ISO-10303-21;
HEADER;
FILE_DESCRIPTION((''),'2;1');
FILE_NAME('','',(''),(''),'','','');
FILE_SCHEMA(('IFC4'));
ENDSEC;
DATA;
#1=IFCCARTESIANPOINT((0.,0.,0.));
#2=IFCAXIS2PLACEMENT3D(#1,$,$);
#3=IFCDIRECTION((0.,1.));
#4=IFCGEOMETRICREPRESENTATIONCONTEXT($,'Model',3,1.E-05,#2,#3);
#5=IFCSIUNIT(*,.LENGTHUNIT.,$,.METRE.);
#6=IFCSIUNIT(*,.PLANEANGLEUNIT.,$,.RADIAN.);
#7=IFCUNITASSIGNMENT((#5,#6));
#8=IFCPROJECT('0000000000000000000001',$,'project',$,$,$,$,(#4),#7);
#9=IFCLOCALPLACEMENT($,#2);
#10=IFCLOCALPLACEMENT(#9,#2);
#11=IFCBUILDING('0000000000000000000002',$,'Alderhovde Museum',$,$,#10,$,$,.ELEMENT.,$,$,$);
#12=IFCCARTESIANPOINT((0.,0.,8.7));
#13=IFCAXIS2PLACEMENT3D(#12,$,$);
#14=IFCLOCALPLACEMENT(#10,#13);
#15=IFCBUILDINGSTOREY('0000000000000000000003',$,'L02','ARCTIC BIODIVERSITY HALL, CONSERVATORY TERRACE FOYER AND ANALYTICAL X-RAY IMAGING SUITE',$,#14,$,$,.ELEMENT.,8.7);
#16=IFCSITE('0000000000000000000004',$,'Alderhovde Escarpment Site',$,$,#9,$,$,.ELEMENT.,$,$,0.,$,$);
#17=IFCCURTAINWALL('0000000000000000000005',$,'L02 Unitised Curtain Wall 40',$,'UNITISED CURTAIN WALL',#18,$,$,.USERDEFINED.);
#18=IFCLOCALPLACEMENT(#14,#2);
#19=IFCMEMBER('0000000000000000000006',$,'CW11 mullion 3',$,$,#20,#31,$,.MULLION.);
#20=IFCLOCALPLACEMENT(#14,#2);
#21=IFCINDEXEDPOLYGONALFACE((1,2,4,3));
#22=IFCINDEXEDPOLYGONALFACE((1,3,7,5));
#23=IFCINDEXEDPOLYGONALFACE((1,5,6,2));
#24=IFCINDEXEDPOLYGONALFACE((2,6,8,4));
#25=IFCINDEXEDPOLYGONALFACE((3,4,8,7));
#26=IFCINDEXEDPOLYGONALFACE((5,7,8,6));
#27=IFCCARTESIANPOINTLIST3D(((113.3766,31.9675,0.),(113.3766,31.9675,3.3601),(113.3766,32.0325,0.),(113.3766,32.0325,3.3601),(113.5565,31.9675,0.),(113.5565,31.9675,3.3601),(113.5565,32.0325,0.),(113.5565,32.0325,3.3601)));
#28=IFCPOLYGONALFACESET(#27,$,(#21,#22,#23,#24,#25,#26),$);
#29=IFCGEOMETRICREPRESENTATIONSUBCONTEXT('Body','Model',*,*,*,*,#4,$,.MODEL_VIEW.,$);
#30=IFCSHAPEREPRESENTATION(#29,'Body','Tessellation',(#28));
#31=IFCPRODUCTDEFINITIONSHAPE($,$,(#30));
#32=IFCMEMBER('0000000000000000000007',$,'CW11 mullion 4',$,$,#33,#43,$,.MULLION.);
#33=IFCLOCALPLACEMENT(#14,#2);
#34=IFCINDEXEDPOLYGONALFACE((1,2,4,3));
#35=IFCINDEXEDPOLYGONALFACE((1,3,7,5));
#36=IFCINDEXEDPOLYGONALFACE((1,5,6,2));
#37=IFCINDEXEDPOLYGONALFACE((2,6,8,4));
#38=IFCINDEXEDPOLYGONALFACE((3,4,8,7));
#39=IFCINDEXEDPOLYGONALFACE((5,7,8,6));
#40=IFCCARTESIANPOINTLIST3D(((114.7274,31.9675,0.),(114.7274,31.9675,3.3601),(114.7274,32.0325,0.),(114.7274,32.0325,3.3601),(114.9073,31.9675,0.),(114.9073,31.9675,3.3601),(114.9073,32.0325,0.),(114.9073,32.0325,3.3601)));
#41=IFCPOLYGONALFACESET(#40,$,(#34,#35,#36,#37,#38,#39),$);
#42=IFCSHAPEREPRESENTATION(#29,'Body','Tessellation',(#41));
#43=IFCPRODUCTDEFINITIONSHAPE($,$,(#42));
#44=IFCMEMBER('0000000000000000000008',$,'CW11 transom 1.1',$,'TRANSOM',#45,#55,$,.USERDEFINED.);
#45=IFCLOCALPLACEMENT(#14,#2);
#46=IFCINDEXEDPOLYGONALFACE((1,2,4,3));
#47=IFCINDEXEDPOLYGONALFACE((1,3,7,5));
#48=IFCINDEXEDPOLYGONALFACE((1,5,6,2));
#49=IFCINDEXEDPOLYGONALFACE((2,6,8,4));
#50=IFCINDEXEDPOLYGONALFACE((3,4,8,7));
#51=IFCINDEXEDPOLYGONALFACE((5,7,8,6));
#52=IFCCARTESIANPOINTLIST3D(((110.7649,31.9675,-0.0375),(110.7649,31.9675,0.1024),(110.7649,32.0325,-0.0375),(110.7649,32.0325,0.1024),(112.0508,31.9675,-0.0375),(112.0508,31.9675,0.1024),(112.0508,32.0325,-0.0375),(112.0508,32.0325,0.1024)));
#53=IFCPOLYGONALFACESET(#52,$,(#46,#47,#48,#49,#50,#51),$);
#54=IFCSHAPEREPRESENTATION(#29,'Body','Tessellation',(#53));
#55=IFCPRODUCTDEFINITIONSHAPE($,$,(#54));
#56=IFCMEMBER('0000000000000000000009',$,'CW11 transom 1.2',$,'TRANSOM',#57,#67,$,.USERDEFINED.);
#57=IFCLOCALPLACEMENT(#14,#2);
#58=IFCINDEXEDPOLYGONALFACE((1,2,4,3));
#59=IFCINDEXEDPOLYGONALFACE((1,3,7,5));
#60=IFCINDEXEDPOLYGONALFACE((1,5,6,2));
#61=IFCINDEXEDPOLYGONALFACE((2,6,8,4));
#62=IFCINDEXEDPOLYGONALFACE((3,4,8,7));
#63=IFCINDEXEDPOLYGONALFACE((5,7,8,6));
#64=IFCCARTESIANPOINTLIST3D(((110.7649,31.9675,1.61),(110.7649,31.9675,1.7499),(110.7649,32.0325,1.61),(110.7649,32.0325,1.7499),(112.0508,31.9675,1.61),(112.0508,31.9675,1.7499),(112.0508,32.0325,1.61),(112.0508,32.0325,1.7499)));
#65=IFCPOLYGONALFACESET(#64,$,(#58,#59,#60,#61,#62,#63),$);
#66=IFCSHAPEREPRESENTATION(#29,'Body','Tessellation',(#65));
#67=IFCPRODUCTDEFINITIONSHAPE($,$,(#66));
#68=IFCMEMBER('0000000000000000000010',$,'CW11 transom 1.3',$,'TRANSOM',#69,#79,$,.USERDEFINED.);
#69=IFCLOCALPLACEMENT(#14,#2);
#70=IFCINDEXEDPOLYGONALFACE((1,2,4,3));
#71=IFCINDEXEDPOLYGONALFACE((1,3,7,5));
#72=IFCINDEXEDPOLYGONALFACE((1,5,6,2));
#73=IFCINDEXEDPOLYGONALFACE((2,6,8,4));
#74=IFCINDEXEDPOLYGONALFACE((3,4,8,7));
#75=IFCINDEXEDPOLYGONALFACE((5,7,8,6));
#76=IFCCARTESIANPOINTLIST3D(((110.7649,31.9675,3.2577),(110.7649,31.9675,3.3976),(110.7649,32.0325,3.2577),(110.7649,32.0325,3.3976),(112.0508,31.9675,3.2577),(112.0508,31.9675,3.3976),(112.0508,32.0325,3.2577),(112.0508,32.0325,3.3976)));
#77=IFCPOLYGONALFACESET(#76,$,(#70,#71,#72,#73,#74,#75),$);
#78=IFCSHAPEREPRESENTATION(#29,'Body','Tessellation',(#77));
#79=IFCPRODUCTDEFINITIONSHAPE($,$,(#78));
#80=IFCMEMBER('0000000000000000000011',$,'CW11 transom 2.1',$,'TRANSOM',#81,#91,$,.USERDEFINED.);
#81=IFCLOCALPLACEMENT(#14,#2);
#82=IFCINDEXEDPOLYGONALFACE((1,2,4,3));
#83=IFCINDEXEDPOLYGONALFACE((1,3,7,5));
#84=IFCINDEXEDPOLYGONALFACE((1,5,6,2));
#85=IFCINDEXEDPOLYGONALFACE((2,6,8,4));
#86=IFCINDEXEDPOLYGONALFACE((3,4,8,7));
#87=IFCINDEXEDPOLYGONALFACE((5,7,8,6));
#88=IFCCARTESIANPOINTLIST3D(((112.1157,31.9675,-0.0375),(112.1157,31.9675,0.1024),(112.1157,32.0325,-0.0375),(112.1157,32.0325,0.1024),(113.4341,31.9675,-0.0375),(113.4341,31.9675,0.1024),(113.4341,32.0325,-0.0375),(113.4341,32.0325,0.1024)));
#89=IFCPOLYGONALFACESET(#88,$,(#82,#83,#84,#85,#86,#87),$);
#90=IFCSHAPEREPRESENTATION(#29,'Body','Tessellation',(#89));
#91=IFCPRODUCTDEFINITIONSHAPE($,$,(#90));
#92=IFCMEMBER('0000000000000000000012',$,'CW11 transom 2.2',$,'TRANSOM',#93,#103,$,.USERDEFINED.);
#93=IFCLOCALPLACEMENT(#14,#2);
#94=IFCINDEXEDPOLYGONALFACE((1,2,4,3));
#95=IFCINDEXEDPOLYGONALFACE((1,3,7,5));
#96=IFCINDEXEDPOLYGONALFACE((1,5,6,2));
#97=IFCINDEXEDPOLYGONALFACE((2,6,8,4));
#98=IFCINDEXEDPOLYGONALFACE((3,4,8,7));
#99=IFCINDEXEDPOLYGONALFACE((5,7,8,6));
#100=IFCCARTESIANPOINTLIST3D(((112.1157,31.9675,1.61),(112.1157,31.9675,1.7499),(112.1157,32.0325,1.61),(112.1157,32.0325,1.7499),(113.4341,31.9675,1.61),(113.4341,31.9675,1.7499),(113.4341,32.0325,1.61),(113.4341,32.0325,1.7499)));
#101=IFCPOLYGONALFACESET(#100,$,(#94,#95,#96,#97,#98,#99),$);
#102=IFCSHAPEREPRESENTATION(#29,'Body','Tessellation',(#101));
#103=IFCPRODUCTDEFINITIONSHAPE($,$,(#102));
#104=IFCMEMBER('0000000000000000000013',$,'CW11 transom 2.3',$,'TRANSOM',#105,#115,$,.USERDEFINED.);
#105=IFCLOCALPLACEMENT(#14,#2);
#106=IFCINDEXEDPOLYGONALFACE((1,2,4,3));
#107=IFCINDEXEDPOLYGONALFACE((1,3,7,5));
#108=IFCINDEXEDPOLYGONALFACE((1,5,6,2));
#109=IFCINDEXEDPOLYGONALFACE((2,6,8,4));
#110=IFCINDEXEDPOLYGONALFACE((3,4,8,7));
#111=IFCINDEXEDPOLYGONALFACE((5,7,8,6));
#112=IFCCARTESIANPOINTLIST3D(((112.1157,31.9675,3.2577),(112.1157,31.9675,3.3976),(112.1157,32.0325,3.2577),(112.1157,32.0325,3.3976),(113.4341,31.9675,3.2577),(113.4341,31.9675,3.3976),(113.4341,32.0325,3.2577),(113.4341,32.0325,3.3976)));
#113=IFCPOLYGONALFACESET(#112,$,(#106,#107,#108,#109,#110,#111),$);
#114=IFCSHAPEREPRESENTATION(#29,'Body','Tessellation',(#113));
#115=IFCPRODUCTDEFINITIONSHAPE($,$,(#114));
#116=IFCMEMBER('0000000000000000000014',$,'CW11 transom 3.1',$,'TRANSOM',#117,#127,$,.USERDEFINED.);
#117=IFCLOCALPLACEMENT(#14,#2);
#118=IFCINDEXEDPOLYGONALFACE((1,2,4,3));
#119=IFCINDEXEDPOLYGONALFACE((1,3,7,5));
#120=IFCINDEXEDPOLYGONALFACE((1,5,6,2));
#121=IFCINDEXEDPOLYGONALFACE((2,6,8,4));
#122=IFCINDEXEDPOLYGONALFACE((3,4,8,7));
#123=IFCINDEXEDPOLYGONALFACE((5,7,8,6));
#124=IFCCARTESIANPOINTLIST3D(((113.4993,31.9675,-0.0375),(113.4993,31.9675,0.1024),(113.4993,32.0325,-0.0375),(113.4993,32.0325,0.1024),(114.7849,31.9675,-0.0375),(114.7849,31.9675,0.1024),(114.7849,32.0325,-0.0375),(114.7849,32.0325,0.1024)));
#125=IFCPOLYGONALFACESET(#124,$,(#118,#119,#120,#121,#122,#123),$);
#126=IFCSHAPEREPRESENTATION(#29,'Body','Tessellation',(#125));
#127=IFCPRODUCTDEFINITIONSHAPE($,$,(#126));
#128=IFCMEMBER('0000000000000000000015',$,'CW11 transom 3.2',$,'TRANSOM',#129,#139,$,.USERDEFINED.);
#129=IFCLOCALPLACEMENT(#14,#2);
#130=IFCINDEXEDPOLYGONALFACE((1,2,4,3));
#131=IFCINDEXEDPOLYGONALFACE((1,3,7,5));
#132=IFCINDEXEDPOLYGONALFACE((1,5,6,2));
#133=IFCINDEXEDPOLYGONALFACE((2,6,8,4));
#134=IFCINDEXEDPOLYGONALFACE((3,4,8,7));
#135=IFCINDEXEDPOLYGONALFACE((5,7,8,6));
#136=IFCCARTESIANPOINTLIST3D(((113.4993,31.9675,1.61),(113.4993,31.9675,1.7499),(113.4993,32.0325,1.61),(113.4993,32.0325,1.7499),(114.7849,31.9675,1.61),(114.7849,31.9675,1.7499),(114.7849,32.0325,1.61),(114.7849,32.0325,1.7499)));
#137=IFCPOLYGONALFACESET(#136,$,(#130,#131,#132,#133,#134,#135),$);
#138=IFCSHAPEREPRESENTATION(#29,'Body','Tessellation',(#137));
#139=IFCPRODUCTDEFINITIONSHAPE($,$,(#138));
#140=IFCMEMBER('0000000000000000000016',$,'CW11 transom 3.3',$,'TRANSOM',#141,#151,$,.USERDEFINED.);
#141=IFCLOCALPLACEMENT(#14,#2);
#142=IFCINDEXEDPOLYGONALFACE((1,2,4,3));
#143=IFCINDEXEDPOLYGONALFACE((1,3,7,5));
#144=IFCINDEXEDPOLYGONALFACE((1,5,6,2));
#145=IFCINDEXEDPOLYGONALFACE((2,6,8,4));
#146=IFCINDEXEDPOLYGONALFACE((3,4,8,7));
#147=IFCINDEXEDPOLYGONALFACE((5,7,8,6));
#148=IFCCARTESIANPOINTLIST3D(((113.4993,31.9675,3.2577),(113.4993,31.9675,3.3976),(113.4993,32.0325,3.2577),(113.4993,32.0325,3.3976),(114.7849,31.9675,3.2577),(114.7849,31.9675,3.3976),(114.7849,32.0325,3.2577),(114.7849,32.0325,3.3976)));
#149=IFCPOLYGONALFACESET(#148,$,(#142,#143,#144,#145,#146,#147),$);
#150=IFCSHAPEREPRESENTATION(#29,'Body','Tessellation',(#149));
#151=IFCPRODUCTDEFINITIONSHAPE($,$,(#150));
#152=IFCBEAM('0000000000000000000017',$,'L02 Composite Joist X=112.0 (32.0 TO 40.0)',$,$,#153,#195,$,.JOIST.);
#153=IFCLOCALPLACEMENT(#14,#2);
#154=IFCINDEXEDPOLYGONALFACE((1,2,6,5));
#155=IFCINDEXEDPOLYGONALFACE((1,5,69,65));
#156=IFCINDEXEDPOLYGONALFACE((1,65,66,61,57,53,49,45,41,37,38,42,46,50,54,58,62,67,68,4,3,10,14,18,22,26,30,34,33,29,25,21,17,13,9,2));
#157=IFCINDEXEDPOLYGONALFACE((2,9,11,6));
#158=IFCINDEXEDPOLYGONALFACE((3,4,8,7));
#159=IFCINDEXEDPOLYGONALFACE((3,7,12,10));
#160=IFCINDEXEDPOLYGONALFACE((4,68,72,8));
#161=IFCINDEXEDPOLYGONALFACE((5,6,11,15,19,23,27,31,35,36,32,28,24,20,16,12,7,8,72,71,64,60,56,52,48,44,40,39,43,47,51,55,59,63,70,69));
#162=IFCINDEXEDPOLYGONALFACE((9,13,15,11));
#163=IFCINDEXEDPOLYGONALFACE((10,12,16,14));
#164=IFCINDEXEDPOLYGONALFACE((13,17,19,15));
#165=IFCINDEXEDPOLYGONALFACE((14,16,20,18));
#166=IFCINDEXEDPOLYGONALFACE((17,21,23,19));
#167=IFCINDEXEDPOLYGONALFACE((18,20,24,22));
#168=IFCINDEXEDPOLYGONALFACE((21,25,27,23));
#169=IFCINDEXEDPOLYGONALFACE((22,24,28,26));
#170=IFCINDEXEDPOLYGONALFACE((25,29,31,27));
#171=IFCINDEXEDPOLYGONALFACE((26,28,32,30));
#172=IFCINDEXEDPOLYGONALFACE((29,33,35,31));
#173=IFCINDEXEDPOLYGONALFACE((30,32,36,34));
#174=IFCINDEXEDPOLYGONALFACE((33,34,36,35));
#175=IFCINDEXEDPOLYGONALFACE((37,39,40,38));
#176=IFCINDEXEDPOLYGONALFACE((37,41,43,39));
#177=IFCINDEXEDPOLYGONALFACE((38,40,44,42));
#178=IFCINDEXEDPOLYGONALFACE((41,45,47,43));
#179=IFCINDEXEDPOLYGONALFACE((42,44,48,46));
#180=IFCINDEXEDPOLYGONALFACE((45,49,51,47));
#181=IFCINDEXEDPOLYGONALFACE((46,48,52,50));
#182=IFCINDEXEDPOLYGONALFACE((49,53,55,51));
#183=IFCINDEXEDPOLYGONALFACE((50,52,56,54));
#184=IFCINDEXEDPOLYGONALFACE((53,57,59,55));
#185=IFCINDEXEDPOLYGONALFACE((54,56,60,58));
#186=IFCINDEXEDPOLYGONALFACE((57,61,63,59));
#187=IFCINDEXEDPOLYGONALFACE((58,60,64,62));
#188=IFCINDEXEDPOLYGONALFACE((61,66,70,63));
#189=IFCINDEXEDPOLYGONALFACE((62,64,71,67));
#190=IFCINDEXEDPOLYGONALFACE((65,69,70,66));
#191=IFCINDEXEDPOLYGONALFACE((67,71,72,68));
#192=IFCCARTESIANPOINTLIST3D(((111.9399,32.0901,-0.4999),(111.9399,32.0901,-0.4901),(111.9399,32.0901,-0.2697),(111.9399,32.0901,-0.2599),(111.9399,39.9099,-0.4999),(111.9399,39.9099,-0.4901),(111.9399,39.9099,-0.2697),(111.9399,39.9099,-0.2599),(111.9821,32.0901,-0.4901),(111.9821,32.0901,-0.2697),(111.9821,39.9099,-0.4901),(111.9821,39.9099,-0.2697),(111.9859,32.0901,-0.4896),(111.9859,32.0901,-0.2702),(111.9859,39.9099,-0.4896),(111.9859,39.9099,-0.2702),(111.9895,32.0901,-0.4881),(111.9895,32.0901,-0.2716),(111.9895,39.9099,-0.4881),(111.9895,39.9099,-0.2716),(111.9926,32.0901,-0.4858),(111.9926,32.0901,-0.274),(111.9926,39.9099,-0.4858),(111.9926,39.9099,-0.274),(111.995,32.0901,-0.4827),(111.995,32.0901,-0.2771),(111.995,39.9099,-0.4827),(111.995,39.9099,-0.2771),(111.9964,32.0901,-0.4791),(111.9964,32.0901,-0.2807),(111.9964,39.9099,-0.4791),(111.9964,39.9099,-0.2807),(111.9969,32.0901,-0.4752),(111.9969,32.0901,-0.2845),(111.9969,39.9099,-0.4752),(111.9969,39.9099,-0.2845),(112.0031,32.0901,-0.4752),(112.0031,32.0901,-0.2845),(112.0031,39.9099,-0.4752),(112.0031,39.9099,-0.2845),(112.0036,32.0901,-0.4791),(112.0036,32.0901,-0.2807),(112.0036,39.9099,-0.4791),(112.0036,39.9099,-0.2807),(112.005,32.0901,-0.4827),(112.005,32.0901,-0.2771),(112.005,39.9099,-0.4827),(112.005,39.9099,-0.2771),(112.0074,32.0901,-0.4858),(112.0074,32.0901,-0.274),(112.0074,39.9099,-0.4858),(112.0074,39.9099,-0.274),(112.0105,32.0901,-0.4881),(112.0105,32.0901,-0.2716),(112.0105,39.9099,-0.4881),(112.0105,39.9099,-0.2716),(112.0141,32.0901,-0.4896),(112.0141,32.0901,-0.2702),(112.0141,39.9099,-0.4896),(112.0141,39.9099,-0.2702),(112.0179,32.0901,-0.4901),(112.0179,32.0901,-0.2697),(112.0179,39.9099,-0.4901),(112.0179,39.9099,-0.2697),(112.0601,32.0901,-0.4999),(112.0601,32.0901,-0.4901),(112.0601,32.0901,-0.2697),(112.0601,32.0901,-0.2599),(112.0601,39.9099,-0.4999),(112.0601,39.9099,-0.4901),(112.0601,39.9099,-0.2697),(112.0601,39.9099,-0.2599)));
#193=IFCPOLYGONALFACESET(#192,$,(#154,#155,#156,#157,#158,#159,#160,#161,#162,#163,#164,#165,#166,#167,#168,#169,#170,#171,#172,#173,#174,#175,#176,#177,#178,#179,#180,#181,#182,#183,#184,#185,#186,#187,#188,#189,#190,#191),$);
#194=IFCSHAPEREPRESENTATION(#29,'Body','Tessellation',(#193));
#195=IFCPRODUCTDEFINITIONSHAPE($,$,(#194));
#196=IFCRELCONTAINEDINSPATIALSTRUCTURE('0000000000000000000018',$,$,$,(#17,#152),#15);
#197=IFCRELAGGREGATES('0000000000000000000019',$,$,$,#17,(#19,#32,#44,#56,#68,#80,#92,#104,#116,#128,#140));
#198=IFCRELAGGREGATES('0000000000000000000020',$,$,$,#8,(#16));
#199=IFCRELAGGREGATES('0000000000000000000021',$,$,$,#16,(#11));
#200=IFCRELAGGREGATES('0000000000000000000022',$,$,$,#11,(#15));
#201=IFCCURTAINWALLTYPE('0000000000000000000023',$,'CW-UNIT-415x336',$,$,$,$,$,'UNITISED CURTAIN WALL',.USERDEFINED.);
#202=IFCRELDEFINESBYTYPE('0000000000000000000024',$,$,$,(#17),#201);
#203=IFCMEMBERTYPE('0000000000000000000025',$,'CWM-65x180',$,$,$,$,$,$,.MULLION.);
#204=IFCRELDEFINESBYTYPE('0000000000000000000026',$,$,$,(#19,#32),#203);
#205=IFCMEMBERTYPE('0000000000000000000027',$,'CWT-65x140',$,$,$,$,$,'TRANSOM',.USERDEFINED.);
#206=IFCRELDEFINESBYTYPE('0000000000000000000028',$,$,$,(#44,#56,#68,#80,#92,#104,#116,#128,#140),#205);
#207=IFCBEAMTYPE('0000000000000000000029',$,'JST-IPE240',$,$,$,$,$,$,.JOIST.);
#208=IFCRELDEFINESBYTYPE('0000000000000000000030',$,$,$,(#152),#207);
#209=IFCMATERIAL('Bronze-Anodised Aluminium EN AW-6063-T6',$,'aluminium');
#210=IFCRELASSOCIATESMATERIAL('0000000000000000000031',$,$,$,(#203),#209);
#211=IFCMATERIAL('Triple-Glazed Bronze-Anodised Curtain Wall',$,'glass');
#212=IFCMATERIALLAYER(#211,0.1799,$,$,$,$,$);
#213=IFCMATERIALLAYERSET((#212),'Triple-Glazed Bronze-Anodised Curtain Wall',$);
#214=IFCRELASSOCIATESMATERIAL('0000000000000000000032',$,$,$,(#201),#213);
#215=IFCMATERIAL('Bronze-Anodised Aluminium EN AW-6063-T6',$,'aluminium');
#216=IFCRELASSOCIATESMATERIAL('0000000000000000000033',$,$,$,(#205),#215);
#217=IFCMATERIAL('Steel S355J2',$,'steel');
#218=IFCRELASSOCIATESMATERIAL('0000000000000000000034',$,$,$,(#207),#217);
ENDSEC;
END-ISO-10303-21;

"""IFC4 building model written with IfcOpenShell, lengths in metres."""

from ifc_helpers import new_model, si_unit, direction, frame, origin, origin_2d, place, context, subcontext, project, spatial, rectangle, i_section, extrude, material, layer, layer_set, material_profile, profile_set, type_object, element, aggregate, save


model = new_model("IFC4")

# Units and contexts
model_context = context("Model", 3, precision=1e-05, world=origin(), true_north=direction((0.0, 1.0)))
body_context = subcontext(model_context, "Body", "Model", "MODEL_VIEW")
ifc_project = project(units=[si_unit("LENGTHUNIT", "METRE"), si_unit("PLANEANGLEUNIT", "RADIAN")], contexts=[model_context])

# Site, building, storey
site_placement = place(None, origin())
site = spatial("IfcSite", under=ifc_project, at=site_placement, Name="Alderhovde Escarpment Site", CompositionType="ELEMENT", RefElevation=0.0)
building_placement = place(site_placement, origin())
building = spatial("IfcBuilding", under=site, at=building_placement, Name="Alderhovde Museum", CompositionType="ELEMENT")
storey_placement = place(building_placement, frame((0.0, 0.0, 8.7)))
storey = spatial("IfcBuildingStorey", under=building, at=storey_placement, Name="L02", Description="ARCTIC BIODIVERSITY HALL, CONSERVATORY TERRACE FOYER AND ANALYTICAL X-RAY IMAGING SUITE", CompositionType="ELEMENT", Elevation=8.7)

# Shared definitions
ifc_material_1 = material(Name="Bronze-Anodised Aluminium EN AW-6063-T6", Category="aluminium")
ifc_material_profile_1 = material_profile(ifc_material_1, rectangle(XDim=0.0649, YDim=0.1799, at=origin_2d()), Name="MULLION 65x180")
ifc_profile_set_1 = profile_set([ifc_material_profile_1], Name="Bronze-Anodised Aluminium EN AW-6063-T6")
member_type_1 = type_object("IfcMemberType", Name="CWM-65x180", PredefinedType="MULLION", material=ifc_profile_set_1)

# Curtain wall, members
ifc_material_2 = material(Name="Triple-Glazed Bronze-Anodised Curtain Wall", Category="glass")
ifc_layer_1 = layer(ifc_material_2, 0.1799)
ifc_layer_set_1 = layer_set([ifc_layer_1], Name="Triple-Glazed Bronze-Anodised Curtain Wall")
curtain_wall_type_1 = type_object("IfcCurtainWallType", Name="CW-UNIT-415x336", ElementType="UNITISED CURTAIN WALL", PredefinedType="USERDEFINED", material=ifc_layer_set_1)
curtain_wall_1_placement = place(storey_placement, origin())
curtain_wall_1 = element("IfcCurtainWall", 1, at=curtain_wall_1_placement, inside=storey, type_object=curtain_wall_type_1, Name="L02 Unitised Curtain Wall 40", ObjectType="UNITISED CURTAIN WALL", PredefinedType="USERDEFINED")
member_1_placement = place(storey_placement, frame((113.4666, 32.0, 0.0), z_axis=(0.0, 0.0, 1.0), x_axis=(0.0, 1.0, 0.0)))
member_1 = element("IfcMember", 2, at=member_1_placement, type_object=member_type_1, Name="CW11 mullion 3", PredefinedType="MULLION", context=body_context, shape_type="SweptSolid", body=[
    extrude(rectangle(XDim=0.0649, YDim=0.1799, at=origin_2d()), origin(), (0.0, 0.0, 1.0), 3.3601),
])
member_2_placement = place(storey_placement, frame((114.8174, 32.0, 0.0), z_axis=(0.0, 0.0, 1.0), x_axis=(0.0, 1.0, 0.0)))
member_2 = element("IfcMember", 3, at=member_2_placement, type_object=member_type_1, Name="CW11 mullion 4", PredefinedType="MULLION", context=body_context, shape_type="SweptSolid", body=[
    extrude(rectangle(XDim=0.0649, YDim=0.1799, at=origin_2d()), origin(), (0.0, 0.0, 1.0), 3.3601),
])
ifc_material_3 = material(Name="Bronze-Anodised Aluminium EN AW-6063-T6", Category="aluminium")
ifc_material_profile_2 = material_profile(ifc_material_3, rectangle(XDim=0.0649, YDim=0.1399, at=origin_2d()), Name="TRANSOM 65x140")
ifc_profile_set_2 = profile_set([ifc_material_profile_2], Name="Bronze-Anodised Aluminium EN AW-6063-T6")
member_type_2 = type_object("IfcMemberType", Name="CWT-65x140", ElementType="TRANSOM", PredefinedType="USERDEFINED", material=ifc_profile_set_2)
member_3_placement = place(storey_placement, frame((110.7649, 32.0, 0.0325), z_axis=(1.0, 0.0, 0.0), x_axis=(0.0, 1.0, 0.0)))
member_3 = element("IfcMember", 4, at=member_3_placement, type_object=member_type_2, Name="CW11 transom 1.1", ObjectType="TRANSOM", PredefinedType="USERDEFINED", context=body_context, shape_type="SweptSolid", body=[
    extrude(rectangle(XDim=0.0649, YDim=0.1399, at=origin_2d()), origin(), (0.0, 0.0, 1.0), 1.2859),
])
member_4_placement = place(storey_placement, frame((110.7649, 32.0, 1.6799), z_axis=(1.0, 0.0, 0.0), x_axis=(0.0, 1.0, 0.0)))
member_4 = element("IfcMember", 5, at=member_4_placement, type_object=member_type_2, Name="CW11 transom 1.2", ObjectType="TRANSOM", PredefinedType="USERDEFINED", context=body_context, shape_type="SweptSolid", body=[
    extrude(rectangle(XDim=0.0649, YDim=0.1399, at=origin_2d()), origin(), (0.0, 0.0, 1.0), 1.2859),
])
member_5_placement = place(storey_placement, frame((110.7649, 32.0, 3.3276), z_axis=(1.0, 0.0, 0.0), x_axis=(0.0, 1.0, 0.0)))
member_5 = element("IfcMember", 6, at=member_5_placement, type_object=member_type_2, Name="CW11 transom 1.3", ObjectType="TRANSOM", PredefinedType="USERDEFINED", context=body_context, shape_type="SweptSolid", body=[
    extrude(rectangle(XDim=0.0649, YDim=0.1399, at=origin_2d()), origin(), (0.0, 0.0, 1.0), 1.2859),
])
member_6_placement = place(storey_placement, frame((112.1157, 32.0, 0.0325), z_axis=(1.0, 0.0, 0.0), x_axis=(0.0, 1.0, 0.0)))
member_6 = element("IfcMember", 7, at=member_6_placement, type_object=member_type_2, Name="CW11 transom 2.1", ObjectType="TRANSOM", PredefinedType="USERDEFINED", context=body_context, shape_type="SweptSolid", body=[
    extrude(rectangle(XDim=0.0649, YDim=0.1399, at=origin_2d()), origin(), (0.0, 0.0, 1.0), 1.3184),
])
member_7_placement = place(storey_placement, frame((112.1157, 32.0, 1.6799), z_axis=(1.0, 0.0, 0.0), x_axis=(0.0, 1.0, 0.0)))
member_7 = element("IfcMember", 8, at=member_7_placement, type_object=member_type_2, Name="CW11 transom 2.2", ObjectType="TRANSOM", PredefinedType="USERDEFINED", context=body_context, shape_type="SweptSolid", body=[
    extrude(rectangle(XDim=0.0649, YDim=0.1399, at=origin_2d()), origin(), (0.0, 0.0, 1.0), 1.3184),
])
member_8_placement = place(storey_placement, frame((112.1157, 32.0, 3.3276), z_axis=(1.0, 0.0, 0.0), x_axis=(0.0, 1.0, 0.0)))
member_8 = element("IfcMember", 9, at=member_8_placement, type_object=member_type_2, Name="CW11 transom 2.3", ObjectType="TRANSOM", PredefinedType="USERDEFINED", context=body_context, shape_type="SweptSolid", body=[
    extrude(rectangle(XDim=0.0649, YDim=0.1399, at=origin_2d()), origin(), (0.0, 0.0, 1.0), 1.3184),
])
member_9_placement = place(storey_placement, frame((113.4993, 32.0, 0.0325), z_axis=(1.0, 0.0, 0.0), x_axis=(0.0, 1.0, 0.0)))
member_9 = element("IfcMember", 10, at=member_9_placement, type_object=member_type_2, Name="CW11 transom 3.1", ObjectType="TRANSOM", PredefinedType="USERDEFINED", context=body_context, shape_type="SweptSolid", body=[
    extrude(rectangle(XDim=0.0649, YDim=0.1399, at=origin_2d()), origin(), (0.0, 0.0, 1.0), 1.2856),
])
member_10_placement = place(storey_placement, frame((113.4993, 32.0, 1.6799), z_axis=(1.0, 0.0, 0.0), x_axis=(0.0, 1.0, 0.0)))
member_10 = element("IfcMember", 11, at=member_10_placement, type_object=member_type_2, Name="CW11 transom 3.2", ObjectType="TRANSOM", PredefinedType="USERDEFINED", context=body_context, shape_type="SweptSolid", body=[
    extrude(rectangle(XDim=0.0649, YDim=0.1399, at=origin_2d()), origin(), (0.0, 0.0, 1.0), 1.2856),
])
member_11_placement = place(storey_placement, frame((113.4993, 32.0, 3.3276), z_axis=(1.0, 0.0, 0.0), x_axis=(0.0, 1.0, 0.0)))
member_11 = element("IfcMember", 12, at=member_11_placement, type_object=member_type_2, Name="CW11 transom 3.3", ObjectType="TRANSOM", PredefinedType="USERDEFINED", context=body_context, shape_type="SweptSolid", body=[
    extrude(rectangle(XDim=0.0649, YDim=0.1399, at=origin_2d()), origin(), (0.0, 0.0, 1.0), 1.2856),
])

# Beam
ifc_material_4 = material(Name="Steel S355J2", Category="steel")
ifc_material_profile_3 = material_profile(ifc_material_4, i_section(OverallWidth=0.1201, OverallDepth=0.24, WebThickness=0.0061, FlangeThickness=0.0098, FilletRadius=0.0149, at=origin_2d()), Name="IPE 240")
ifc_profile_set_3 = profile_set([ifc_material_profile_3], Name="Steel S355J2")
beam_type_1 = type_object("IfcBeamType", Name="JST-IPE240", PredefinedType="JOIST", material=ifc_profile_set_3)
beam_1_placement = place(storey_placement, frame((112.0, 32.0901, -0.3799), z_axis=(0.0, 1.0, 0.0), x_axis=(-1.0, 0.0, 0.0)))
element("IfcBeam", 13, at=beam_1_placement, inside=storey, type_object=beam_type_1, Name="L02 Composite Joist X=112.0 (32.0 TO 40.0)", PredefinedType="JOIST", context=body_context, shape_type="SweptSolid", body=[
    extrude(i_section(OverallWidth=0.1201, OverallDepth=0.24, WebThickness=0.0061, FlangeThickness=0.0098, FilletRadius=0.0149, at=origin_2d()), origin(), (0.0, 0.0, 1.0), 7.8198),
])

aggregate(curtain_wall_1, [member_1, member_2, member_3, member_4, member_5, member_6, member_7, member_8, member_9, member_10, member_11])

save(model, "model.ifc")
